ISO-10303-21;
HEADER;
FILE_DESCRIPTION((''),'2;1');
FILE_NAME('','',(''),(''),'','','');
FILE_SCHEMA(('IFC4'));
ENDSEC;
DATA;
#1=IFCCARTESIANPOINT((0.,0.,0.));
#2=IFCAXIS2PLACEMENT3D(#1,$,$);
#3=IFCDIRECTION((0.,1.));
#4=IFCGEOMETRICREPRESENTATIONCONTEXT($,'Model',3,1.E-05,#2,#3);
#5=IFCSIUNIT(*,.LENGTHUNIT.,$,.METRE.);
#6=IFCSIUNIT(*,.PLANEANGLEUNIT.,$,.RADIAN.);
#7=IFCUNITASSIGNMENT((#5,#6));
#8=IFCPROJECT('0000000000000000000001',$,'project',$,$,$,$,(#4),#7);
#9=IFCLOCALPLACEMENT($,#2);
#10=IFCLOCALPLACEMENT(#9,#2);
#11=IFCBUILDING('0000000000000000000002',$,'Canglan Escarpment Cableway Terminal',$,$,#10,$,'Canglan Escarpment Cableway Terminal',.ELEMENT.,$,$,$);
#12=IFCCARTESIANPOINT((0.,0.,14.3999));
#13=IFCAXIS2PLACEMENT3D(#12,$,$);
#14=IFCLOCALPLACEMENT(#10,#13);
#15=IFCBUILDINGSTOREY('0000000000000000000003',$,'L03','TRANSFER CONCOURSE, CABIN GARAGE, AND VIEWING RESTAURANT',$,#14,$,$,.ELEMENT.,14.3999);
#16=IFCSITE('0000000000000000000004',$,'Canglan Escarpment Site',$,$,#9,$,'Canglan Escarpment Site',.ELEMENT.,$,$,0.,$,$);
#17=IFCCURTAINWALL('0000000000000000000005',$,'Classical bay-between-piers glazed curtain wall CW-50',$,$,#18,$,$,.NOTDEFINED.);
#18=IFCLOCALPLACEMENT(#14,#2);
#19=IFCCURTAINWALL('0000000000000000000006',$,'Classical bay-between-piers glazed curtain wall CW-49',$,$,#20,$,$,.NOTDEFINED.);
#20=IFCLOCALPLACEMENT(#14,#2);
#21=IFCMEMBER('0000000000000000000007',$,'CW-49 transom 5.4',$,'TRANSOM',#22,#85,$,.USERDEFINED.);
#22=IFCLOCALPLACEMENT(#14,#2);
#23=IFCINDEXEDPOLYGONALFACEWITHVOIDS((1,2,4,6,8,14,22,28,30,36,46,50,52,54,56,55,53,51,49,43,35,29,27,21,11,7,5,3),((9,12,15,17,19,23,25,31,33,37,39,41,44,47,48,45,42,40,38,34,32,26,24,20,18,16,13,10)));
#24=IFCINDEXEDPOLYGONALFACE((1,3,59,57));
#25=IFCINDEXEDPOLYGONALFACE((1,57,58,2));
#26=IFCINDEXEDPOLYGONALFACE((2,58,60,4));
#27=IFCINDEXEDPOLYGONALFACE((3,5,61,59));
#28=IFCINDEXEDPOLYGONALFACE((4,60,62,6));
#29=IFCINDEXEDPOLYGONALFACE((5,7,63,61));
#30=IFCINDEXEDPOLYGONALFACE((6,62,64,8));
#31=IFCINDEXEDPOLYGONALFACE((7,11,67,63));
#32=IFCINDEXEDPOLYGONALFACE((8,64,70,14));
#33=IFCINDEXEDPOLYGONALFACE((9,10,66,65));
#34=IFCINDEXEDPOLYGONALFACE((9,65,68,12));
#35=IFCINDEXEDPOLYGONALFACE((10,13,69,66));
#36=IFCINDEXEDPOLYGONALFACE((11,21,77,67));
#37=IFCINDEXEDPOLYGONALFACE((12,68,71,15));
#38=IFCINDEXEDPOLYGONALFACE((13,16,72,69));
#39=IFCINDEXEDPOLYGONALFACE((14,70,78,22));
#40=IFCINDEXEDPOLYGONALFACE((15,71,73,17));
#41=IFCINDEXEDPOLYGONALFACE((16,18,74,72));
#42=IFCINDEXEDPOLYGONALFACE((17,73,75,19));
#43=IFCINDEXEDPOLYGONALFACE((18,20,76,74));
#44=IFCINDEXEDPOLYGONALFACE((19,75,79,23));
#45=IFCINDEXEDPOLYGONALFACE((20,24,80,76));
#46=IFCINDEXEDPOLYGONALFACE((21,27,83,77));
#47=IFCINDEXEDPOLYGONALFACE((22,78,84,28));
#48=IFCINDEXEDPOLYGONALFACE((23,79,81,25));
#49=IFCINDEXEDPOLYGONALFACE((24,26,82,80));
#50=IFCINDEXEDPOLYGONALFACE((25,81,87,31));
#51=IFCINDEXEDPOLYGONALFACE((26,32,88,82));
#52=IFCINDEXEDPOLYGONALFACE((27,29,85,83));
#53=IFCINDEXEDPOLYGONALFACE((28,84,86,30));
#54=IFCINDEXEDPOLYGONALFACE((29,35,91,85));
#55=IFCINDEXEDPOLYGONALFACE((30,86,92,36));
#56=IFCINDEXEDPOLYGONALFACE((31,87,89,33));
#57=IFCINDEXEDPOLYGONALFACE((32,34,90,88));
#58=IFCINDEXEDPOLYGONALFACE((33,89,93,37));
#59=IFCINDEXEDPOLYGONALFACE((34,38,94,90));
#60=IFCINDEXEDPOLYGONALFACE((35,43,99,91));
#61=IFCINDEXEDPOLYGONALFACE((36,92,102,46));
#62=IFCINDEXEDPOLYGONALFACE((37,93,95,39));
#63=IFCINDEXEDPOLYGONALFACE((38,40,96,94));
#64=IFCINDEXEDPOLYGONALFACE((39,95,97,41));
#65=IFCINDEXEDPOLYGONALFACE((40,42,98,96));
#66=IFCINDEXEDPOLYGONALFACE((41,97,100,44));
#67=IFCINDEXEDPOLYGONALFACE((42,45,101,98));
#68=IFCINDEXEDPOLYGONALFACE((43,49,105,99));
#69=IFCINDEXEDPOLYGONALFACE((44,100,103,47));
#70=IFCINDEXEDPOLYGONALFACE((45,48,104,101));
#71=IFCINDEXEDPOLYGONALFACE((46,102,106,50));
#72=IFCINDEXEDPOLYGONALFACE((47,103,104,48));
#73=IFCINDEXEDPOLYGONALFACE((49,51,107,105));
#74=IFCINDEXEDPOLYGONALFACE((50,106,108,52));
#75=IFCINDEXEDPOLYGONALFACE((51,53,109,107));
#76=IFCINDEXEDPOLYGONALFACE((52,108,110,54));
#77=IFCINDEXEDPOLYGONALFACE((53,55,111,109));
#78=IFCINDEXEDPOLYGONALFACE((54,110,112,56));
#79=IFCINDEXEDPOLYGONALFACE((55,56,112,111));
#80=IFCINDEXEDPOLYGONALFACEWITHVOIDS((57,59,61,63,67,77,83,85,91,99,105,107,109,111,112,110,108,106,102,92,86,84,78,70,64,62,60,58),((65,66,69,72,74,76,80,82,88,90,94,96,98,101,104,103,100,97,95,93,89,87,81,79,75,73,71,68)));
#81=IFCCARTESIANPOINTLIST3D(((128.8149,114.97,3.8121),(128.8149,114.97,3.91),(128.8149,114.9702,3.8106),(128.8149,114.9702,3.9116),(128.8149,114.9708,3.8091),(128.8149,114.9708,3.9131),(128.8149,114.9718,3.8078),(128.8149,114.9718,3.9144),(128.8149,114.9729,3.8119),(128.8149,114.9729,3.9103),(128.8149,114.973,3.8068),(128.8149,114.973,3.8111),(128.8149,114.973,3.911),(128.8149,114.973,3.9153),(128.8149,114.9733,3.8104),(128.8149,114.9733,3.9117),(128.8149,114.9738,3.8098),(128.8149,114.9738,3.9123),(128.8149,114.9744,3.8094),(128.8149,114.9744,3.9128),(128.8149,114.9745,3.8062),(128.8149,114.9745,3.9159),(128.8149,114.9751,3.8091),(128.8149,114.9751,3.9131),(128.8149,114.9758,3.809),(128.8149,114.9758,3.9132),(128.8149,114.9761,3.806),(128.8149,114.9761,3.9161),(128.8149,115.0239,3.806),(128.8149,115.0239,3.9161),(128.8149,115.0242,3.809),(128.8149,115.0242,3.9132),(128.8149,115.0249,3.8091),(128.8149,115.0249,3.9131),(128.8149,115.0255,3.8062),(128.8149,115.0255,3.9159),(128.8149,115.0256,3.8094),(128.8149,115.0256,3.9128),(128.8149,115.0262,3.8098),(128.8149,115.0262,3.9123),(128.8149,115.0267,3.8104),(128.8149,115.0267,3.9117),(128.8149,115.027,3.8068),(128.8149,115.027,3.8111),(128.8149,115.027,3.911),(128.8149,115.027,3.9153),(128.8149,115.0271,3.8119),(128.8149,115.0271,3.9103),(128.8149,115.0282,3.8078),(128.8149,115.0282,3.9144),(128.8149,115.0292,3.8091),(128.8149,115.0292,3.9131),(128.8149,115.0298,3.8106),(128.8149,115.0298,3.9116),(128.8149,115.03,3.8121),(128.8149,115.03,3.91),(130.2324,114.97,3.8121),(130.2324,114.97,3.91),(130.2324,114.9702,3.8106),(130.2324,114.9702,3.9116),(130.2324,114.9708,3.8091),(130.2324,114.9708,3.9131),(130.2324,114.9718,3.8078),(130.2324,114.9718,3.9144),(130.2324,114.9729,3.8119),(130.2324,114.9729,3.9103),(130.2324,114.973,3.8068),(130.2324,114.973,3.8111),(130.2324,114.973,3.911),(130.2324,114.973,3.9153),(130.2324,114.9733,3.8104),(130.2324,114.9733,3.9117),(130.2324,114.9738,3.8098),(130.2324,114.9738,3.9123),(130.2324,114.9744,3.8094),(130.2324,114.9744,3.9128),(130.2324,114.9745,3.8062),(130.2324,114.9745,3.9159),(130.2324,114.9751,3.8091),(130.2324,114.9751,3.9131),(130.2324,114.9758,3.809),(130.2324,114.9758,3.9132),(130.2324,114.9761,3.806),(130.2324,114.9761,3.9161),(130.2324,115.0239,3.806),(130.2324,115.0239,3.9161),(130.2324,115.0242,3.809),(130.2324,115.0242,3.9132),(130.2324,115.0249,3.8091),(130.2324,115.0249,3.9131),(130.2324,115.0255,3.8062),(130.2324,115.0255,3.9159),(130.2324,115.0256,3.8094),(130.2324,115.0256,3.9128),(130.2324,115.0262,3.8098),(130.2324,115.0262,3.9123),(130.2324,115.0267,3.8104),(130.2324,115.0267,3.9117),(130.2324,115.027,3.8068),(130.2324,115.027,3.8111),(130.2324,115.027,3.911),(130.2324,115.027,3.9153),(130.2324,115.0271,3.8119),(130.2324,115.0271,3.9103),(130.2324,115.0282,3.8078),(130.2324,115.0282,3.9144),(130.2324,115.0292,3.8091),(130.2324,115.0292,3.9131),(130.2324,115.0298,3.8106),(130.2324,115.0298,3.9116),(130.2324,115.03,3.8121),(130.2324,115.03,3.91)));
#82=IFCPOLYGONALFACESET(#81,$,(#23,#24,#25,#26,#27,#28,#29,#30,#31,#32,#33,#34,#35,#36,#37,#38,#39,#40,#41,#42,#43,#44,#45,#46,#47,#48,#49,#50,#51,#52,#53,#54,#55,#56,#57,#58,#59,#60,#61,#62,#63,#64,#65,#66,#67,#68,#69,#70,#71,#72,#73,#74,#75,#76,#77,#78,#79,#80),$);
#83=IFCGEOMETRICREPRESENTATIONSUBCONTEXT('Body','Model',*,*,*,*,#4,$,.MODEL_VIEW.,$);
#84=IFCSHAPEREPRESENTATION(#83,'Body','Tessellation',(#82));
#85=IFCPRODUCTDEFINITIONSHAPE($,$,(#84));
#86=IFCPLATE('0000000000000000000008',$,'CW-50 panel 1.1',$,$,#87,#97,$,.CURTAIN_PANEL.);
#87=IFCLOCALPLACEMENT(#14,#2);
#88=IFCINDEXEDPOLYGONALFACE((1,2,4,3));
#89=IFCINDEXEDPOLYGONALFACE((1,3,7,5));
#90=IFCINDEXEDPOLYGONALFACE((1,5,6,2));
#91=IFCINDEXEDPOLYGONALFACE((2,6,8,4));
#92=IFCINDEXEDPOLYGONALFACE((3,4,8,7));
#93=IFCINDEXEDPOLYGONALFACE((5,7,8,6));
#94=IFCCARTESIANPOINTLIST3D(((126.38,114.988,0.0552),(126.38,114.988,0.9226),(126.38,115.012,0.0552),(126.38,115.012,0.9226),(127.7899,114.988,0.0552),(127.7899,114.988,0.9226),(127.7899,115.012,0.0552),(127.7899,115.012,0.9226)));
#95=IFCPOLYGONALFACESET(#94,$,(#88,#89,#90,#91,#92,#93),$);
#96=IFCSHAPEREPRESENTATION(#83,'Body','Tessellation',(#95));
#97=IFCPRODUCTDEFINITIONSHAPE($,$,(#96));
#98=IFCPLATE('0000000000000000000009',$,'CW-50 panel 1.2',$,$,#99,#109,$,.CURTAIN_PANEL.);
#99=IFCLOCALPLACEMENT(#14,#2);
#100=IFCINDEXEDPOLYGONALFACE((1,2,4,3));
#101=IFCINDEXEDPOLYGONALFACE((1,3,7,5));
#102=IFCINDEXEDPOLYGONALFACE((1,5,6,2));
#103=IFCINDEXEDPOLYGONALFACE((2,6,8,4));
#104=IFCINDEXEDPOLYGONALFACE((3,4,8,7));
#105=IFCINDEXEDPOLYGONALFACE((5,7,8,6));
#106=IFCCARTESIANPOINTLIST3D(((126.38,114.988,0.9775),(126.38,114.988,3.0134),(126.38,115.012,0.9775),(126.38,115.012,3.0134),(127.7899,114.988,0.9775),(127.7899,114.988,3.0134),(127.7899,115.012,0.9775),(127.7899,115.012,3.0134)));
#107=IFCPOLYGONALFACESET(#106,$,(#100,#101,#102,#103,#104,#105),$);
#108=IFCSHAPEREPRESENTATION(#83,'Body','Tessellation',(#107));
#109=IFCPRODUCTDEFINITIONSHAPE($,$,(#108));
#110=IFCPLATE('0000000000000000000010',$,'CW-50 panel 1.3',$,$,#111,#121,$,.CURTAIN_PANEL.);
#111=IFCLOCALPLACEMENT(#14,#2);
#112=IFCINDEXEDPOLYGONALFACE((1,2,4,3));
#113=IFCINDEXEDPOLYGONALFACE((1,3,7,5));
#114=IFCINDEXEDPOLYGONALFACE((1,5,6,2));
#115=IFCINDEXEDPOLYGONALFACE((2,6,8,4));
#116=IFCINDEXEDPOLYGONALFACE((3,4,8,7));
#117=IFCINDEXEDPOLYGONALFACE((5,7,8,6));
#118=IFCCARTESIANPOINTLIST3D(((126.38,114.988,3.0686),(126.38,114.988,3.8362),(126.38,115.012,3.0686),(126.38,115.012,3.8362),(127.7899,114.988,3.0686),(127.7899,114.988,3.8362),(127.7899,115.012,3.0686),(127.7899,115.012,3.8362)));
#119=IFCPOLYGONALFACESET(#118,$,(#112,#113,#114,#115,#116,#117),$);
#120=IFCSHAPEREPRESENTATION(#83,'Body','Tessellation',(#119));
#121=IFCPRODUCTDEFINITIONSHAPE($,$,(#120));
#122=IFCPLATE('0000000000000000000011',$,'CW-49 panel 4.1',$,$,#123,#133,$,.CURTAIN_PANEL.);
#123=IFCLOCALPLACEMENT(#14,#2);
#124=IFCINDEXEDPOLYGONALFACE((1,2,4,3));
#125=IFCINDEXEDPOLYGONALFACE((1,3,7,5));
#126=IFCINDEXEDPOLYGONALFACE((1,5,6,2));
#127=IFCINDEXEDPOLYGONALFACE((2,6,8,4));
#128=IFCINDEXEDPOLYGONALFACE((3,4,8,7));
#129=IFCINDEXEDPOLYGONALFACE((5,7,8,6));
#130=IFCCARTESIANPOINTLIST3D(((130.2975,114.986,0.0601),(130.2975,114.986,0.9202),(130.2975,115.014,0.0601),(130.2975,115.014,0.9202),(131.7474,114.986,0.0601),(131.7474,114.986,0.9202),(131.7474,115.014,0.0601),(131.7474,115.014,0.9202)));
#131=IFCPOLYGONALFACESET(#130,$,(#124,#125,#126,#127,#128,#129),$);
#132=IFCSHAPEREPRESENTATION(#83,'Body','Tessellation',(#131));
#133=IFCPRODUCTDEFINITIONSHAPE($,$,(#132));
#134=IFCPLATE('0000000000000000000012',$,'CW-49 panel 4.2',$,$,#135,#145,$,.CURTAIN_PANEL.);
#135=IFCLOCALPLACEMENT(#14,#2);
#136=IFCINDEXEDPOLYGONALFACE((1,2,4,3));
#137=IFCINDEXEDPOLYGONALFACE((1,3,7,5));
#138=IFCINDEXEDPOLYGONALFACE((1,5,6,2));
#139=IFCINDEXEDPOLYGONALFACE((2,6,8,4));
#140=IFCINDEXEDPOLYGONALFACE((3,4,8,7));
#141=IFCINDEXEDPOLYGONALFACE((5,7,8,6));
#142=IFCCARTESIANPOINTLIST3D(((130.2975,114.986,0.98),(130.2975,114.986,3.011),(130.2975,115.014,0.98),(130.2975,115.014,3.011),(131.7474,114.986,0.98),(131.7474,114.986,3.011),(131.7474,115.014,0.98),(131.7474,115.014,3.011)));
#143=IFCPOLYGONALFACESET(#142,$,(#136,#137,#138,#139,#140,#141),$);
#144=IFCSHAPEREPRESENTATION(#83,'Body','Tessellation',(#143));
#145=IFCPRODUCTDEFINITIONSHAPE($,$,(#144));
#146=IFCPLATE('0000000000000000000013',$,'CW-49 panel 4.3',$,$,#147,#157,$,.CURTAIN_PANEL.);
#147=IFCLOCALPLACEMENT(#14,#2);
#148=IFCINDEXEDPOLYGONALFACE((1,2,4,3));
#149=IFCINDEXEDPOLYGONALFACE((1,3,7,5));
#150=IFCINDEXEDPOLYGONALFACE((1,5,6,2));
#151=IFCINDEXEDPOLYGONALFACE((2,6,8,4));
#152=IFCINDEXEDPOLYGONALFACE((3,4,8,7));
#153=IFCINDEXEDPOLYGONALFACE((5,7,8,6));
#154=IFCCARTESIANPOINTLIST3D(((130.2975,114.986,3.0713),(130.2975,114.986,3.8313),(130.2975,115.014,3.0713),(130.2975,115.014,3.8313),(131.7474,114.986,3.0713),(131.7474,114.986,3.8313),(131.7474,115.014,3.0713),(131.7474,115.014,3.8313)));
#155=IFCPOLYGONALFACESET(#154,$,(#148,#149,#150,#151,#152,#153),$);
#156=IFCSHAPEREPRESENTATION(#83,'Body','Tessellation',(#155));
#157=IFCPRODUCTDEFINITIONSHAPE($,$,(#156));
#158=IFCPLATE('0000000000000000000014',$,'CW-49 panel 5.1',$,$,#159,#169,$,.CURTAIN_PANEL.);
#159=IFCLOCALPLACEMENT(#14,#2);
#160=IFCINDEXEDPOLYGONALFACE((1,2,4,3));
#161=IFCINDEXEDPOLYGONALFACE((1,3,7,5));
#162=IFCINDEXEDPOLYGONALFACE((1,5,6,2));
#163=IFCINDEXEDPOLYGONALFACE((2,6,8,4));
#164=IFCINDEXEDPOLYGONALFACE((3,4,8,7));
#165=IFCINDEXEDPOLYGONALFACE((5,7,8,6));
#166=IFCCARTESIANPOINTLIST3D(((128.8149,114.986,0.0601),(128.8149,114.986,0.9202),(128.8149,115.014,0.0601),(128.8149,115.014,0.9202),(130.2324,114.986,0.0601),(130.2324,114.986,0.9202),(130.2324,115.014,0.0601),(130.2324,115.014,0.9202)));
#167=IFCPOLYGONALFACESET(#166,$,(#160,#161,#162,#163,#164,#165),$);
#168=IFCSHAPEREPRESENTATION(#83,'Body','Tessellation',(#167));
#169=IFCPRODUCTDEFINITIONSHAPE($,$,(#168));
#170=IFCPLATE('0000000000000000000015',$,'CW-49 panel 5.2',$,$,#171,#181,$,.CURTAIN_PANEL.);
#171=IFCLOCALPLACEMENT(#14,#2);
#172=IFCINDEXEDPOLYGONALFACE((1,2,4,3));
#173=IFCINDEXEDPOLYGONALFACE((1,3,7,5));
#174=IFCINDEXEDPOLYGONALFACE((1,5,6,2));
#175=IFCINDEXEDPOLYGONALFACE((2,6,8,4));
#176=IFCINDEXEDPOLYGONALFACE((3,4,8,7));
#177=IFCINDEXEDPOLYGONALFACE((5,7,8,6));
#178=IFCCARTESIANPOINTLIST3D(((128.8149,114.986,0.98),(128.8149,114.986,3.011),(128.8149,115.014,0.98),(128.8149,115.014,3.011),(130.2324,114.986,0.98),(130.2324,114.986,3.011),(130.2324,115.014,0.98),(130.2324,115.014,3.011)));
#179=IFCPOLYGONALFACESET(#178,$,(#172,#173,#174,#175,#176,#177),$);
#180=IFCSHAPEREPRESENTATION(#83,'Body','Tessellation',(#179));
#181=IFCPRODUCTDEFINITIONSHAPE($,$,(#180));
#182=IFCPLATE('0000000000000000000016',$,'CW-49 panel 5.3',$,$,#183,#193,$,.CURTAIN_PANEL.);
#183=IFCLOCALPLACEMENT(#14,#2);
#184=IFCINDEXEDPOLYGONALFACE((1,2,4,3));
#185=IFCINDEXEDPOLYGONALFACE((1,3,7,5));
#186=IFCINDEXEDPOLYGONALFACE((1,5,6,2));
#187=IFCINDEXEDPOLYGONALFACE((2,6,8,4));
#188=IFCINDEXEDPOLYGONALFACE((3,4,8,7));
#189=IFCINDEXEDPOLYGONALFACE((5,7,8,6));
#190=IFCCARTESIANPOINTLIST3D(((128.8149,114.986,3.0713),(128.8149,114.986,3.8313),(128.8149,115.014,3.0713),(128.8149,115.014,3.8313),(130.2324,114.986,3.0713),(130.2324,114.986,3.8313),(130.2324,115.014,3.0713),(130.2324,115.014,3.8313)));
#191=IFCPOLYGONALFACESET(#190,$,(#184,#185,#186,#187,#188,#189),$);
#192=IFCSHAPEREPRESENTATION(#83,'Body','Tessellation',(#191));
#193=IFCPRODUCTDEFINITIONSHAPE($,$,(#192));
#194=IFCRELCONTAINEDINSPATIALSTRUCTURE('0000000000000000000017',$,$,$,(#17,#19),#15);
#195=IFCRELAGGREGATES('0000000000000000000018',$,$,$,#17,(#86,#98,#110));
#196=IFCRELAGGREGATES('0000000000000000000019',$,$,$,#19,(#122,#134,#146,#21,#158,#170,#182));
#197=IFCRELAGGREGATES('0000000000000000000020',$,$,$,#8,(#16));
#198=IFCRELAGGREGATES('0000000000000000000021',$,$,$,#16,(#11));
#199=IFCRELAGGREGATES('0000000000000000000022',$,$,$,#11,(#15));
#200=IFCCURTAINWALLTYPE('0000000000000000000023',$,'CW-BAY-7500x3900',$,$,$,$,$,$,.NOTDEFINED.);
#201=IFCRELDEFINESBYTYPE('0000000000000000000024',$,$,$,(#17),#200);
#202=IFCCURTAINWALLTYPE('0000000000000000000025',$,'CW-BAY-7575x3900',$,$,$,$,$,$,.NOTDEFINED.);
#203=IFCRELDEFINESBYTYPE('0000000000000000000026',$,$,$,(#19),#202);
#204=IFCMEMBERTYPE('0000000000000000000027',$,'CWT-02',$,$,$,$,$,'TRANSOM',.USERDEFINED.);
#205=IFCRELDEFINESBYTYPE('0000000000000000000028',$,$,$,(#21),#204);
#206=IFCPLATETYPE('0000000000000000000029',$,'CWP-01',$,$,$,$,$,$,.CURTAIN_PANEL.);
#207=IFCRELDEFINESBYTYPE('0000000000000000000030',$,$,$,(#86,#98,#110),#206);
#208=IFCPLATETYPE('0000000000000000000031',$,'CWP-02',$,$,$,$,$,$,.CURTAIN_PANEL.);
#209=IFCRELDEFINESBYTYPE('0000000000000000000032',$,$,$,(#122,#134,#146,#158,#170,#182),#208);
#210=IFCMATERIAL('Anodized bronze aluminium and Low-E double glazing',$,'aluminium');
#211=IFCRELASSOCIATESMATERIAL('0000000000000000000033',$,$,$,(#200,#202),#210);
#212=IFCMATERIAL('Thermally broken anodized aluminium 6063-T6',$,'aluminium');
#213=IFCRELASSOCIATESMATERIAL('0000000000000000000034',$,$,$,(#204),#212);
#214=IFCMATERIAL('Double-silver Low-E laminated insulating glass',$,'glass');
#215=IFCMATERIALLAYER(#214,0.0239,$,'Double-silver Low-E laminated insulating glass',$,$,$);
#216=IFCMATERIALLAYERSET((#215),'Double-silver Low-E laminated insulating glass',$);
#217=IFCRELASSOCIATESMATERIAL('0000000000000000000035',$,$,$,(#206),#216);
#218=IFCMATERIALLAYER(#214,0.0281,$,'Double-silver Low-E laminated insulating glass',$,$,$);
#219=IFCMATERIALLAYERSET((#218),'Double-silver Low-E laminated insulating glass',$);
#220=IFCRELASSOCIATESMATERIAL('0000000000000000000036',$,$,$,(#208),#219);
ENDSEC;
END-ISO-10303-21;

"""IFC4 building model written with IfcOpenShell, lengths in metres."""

from ifc_helpers import new_model, si_unit, direction, frame, origin, origin_2d, place, context, subcontext, project, spatial, rectangle, hollow_rectangle, extrude, material, layer, layer_set, material_profile, profile_set, type_object, element, aggregate, save


model = new_model("IFC4")

# Units and contexts
model_context = context("Model", 3, precision=1e-05, world=origin(), true_north=direction((0.0, 1.0)))
body_context = subcontext(model_context, "Body", "Model", "MODEL_VIEW")
ifc_project = project(units=[si_unit("LENGTHUNIT", "METRE"), si_unit("PLANEANGLEUNIT", "RADIAN")], contexts=[model_context])

# Site, building, storey
site_placement = place(None, origin())
site = spatial("IfcSite", under=ifc_project, at=site_placement, Name="Canglan Escarpment Site", LongName="Canglan Escarpment Site", CompositionType="ELEMENT", RefElevation=0.0)
building_placement = place(site_placement, origin())
building = spatial("IfcBuilding", under=site, at=building_placement, Name="Canglan Escarpment Cableway Terminal", LongName="Canglan Escarpment Cableway Terminal", CompositionType="ELEMENT")
storey_placement = place(building_placement, frame((0.0, 0.0, 14.3999)))
storey = spatial("IfcBuildingStorey", under=building, at=storey_placement, Name="L03", Description="TRANSFER CONCOURSE, CABIN GARAGE, AND VIEWING RESTAURANT", CompositionType="ELEMENT", Elevation=14.3999)

# Curtain wall
ifc_material_1 = material(Name="Anodized bronze aluminium and Low-E double glazing", Category="aluminium")
curtain_wall_type_1 = type_object("IfcCurtainWallType", Name="CW-BAY-7500x3900", PredefinedType="NOTDEFINED", material=ifc_material_1)
curtain_wall_1_placement = place(storey_placement, origin())
curtain_wall_1 = element("IfcCurtainWall", 1, at=curtain_wall_1_placement, inside=storey, type_object=curtain_wall_type_1, Name="Classical bay-between-piers glazed curtain wall CW-50", PredefinedType="NOTDEFINED")
ifc_material_2 = material(Name="Thermally broken anodized aluminium 6063-T6", Category="aluminium")

# Curtain wall
curtain_wall_type_2 = type_object("IfcCurtainWallType", Name="CW-BAY-7575x3900", PredefinedType="NOTDEFINED", material=ifc_material_1)
curtain_wall_2_placement = place(storey_placement, origin())
curtain_wall_2 = element("IfcCurtainWall", 2, at=curtain_wall_2_placement, inside=storey, type_object=curtain_wall_type_2, Name="Classical bay-between-piers glazed curtain wall CW-49", PredefinedType="NOTDEFINED")

# Member
ifc_material_profile_1 = material_profile(ifc_material_2, hollow_rectangle(XDim=0.0601, YDim=0.1101, WallThickness=0.0029, InnerFilletRadius=0.0029, OuterFilletRadius=0.0061, at=origin_2d()), Name="ALU-TRAN 60x110x3")
ifc_profile_set_1 = profile_set([ifc_material_profile_1], Name="Thermally broken anodized aluminium 6063-T6")
member_type_1 = type_object("IfcMemberType", Name="CWT-02", ElementType="TRANSOM", PredefinedType="USERDEFINED", material=ifc_profile_set_1)
member_1_placement = place(storey_placement, frame((130.2324, 115.0, 3.8611), z_axis=(-1.0, 0.0, 0.0), x_axis=(0.0, -1.0, 0.0)))
member_1 = element("IfcMember", 3, at=member_1_placement, type_object=member_type_1, Name="CW-49 transom 5.4", ObjectType="TRANSOM", PredefinedType="USERDEFINED", context=body_context, shape_type="SweptSolid", body=[
    extrude(hollow_rectangle(XDim=0.0601, YDim=0.1101, WallThickness=0.0029, InnerFilletRadius=0.0029, OuterFilletRadius=0.0061, at=origin_2d()), origin(), (0.0, 0.0, 1.0), 1.4175),
])

# Plates
ifc_material_3 = material(Name="Double-silver Low-E laminated insulating glass", Category="glass")
ifc_layer_1 = layer(ifc_material_3, 0.0239, Name="Double-silver Low-E laminated insulating glass")
ifc_layer_set_1 = layer_set([ifc_layer_1], Name="Double-silver Low-E laminated insulating glass")
plate_type_1 = type_object("IfcPlateType", Name="CWP-01", PredefinedType="CURTAIN_PANEL", material=ifc_layer_set_1)
plate_1_placement = place(storey_placement, frame((127.085, 115.0, 0.0552), z_axis=(0.0, 0.0, 1.0), x_axis=(-1.0, 0.0, 0.0)))
plate_1 = element("IfcPlate", 4, at=plate_1_placement, type_object=plate_type_1, Name="CW-50 panel 1.1", PredefinedType="CURTAIN_PANEL", context=body_context, shape_type="SweptSolid", body=[
    extrude(rectangle(XDim=1.4099, YDim=0.0239, at=origin_2d()), origin(), (0.0, 0.0, 1.0), 0.8674),
])
plate_2_placement = place(storey_placement, frame((127.085, 115.0, 0.9775), z_axis=(0.0, 0.0, 1.0), x_axis=(-1.0, 0.0, 0.0)))
plate_2 = element("IfcPlate", 5, at=plate_2_placement, type_object=plate_type_1, Name="CW-50 panel 1.2", PredefinedType="CURTAIN_PANEL", context=body_context, shape_type="SweptSolid", body=[
    extrude(rectangle(XDim=1.4099, YDim=0.0239, at=origin_2d()), origin(), (0.0, 0.0, 1.0), 2.0359),
])
plate_3_placement = place(storey_placement, frame((127.085, 115.0, 3.0686), z_axis=(0.0, 0.0, 1.0), x_axis=(-1.0, 0.0, 0.0)))
plate_3 = element("IfcPlate", 6, at=plate_3_placement, type_object=plate_type_1, Name="CW-50 panel 1.3", PredefinedType="CURTAIN_PANEL", context=body_context, shape_type="SweptSolid", body=[
    extrude(rectangle(XDim=1.4099, YDim=0.0239, at=origin_2d()), origin(), (0.0, 0.0, 1.0), 0.7676),
])
aggregate(curtain_wall_1, [plate_1, plate_2, plate_3])
ifc_layer_2 = layer(ifc_material_3, 0.0281, Name="Double-silver Low-E laminated insulating glass")
ifc_layer_set_2 = layer_set([ifc_layer_2], Name="Double-silver Low-E laminated insulating glass")
plate_type_2 = type_object("IfcPlateType", Name="CWP-02", PredefinedType="CURTAIN_PANEL", material=ifc_layer_set_2)
plate_4_placement = place(storey_placement, frame((131.0225, 115.0, 0.0601), z_axis=(0.0, 0.0, 1.0), x_axis=(-1.0, 0.0, 0.0)))
plate_4 = element("IfcPlate", 7, at=plate_4_placement, type_object=plate_type_2, Name="CW-49 panel 4.1", PredefinedType="CURTAIN_PANEL", context=body_context, shape_type="SweptSolid", body=[
    extrude(rectangle(XDim=1.45, YDim=0.0281, at=origin_2d()), origin(), (0.0, 0.0, 1.0), 0.8601),
])
plate_5_placement = place(storey_placement, frame((131.0225, 115.0, 0.98), z_axis=(0.0, 0.0, 1.0), x_axis=(-1.0, 0.0, 0.0)))
plate_5 = element("IfcPlate", 8, at=plate_5_placement, type_object=plate_type_2, Name="CW-49 panel 4.2", PredefinedType="CURTAIN_PANEL", context=body_context, shape_type="SweptSolid", body=[
    extrude(rectangle(XDim=1.45, YDim=0.0281, at=origin_2d()), origin(), (0.0, 0.0, 1.0), 2.031),
])
plate_6_placement = place(storey_placement, frame((131.0225, 115.0, 3.0713), z_axis=(0.0, 0.0, 1.0), x_axis=(-1.0, 0.0, 0.0)))
plate_6 = element("IfcPlate", 9, at=plate_6_placement, type_object=plate_type_2, Name="CW-49 panel 4.3", PredefinedType="CURTAIN_PANEL", context=body_context, shape_type="SweptSolid", body=[
    extrude(rectangle(XDim=1.45, YDim=0.0281, at=origin_2d()), origin(), (0.0, 0.0, 1.0), 0.76),
])
plate_7_placement = place(storey_placement, frame((129.5237, 115.0, 0.0601), z_axis=(0.0, 0.0, 1.0), x_axis=(-1.0, 0.0, 0.0)))
plate_7 = element("IfcPlate", 10, at=plate_7_placement, type_object=plate_type_2, Name="CW-49 panel 5.1", PredefinedType="CURTAIN_PANEL", context=body_context, shape_type="SweptSolid", body=[
    extrude(rectangle(XDim=1.4175, YDim=0.0281, at=origin_2d()), origin(), (0.0, 0.0, 1.0), 0.8601),
])
plate_8_placement = place(storey_placement, frame((129.5237, 115.0, 0.98), z_axis=(0.0, 0.0, 1.0), x_axis=(-1.0, 0.0, 0.0)))
plate_8 = element("IfcPlate", 11, at=plate_8_placement, type_object=plate_type_2, Name="CW-49 panel 5.2", PredefinedType="CURTAIN_PANEL", context=body_context, shape_type="SweptSolid", body=[
    extrude(rectangle(XDim=1.4175, YDim=0.0281, at=origin_2d()), origin(), (0.0, 0.0, 1.0), 2.031),
])
plate_9_placement = place(storey_placement, frame((129.5237, 115.0, 3.0713), z_axis=(0.0, 0.0, 1.0), x_axis=(-1.0, 0.0, 0.0)))
plate_9 = element("IfcPlate", 12, at=plate_9_placement, type_object=plate_type_2, Name="CW-49 panel 5.3", PredefinedType="CURTAIN_PANEL", context=body_context, shape_type="SweptSolid", body=[
    extrude(rectangle(XDim=1.4175, YDim=0.0281, at=origin_2d()), origin(), (0.0, 0.0, 1.0), 0.76),
])
aggregate(curtain_wall_2, [plate_4, plate_5, plate_6, member_1, plate_7, plate_8, plate_9])

save(model, "model.ifc")
